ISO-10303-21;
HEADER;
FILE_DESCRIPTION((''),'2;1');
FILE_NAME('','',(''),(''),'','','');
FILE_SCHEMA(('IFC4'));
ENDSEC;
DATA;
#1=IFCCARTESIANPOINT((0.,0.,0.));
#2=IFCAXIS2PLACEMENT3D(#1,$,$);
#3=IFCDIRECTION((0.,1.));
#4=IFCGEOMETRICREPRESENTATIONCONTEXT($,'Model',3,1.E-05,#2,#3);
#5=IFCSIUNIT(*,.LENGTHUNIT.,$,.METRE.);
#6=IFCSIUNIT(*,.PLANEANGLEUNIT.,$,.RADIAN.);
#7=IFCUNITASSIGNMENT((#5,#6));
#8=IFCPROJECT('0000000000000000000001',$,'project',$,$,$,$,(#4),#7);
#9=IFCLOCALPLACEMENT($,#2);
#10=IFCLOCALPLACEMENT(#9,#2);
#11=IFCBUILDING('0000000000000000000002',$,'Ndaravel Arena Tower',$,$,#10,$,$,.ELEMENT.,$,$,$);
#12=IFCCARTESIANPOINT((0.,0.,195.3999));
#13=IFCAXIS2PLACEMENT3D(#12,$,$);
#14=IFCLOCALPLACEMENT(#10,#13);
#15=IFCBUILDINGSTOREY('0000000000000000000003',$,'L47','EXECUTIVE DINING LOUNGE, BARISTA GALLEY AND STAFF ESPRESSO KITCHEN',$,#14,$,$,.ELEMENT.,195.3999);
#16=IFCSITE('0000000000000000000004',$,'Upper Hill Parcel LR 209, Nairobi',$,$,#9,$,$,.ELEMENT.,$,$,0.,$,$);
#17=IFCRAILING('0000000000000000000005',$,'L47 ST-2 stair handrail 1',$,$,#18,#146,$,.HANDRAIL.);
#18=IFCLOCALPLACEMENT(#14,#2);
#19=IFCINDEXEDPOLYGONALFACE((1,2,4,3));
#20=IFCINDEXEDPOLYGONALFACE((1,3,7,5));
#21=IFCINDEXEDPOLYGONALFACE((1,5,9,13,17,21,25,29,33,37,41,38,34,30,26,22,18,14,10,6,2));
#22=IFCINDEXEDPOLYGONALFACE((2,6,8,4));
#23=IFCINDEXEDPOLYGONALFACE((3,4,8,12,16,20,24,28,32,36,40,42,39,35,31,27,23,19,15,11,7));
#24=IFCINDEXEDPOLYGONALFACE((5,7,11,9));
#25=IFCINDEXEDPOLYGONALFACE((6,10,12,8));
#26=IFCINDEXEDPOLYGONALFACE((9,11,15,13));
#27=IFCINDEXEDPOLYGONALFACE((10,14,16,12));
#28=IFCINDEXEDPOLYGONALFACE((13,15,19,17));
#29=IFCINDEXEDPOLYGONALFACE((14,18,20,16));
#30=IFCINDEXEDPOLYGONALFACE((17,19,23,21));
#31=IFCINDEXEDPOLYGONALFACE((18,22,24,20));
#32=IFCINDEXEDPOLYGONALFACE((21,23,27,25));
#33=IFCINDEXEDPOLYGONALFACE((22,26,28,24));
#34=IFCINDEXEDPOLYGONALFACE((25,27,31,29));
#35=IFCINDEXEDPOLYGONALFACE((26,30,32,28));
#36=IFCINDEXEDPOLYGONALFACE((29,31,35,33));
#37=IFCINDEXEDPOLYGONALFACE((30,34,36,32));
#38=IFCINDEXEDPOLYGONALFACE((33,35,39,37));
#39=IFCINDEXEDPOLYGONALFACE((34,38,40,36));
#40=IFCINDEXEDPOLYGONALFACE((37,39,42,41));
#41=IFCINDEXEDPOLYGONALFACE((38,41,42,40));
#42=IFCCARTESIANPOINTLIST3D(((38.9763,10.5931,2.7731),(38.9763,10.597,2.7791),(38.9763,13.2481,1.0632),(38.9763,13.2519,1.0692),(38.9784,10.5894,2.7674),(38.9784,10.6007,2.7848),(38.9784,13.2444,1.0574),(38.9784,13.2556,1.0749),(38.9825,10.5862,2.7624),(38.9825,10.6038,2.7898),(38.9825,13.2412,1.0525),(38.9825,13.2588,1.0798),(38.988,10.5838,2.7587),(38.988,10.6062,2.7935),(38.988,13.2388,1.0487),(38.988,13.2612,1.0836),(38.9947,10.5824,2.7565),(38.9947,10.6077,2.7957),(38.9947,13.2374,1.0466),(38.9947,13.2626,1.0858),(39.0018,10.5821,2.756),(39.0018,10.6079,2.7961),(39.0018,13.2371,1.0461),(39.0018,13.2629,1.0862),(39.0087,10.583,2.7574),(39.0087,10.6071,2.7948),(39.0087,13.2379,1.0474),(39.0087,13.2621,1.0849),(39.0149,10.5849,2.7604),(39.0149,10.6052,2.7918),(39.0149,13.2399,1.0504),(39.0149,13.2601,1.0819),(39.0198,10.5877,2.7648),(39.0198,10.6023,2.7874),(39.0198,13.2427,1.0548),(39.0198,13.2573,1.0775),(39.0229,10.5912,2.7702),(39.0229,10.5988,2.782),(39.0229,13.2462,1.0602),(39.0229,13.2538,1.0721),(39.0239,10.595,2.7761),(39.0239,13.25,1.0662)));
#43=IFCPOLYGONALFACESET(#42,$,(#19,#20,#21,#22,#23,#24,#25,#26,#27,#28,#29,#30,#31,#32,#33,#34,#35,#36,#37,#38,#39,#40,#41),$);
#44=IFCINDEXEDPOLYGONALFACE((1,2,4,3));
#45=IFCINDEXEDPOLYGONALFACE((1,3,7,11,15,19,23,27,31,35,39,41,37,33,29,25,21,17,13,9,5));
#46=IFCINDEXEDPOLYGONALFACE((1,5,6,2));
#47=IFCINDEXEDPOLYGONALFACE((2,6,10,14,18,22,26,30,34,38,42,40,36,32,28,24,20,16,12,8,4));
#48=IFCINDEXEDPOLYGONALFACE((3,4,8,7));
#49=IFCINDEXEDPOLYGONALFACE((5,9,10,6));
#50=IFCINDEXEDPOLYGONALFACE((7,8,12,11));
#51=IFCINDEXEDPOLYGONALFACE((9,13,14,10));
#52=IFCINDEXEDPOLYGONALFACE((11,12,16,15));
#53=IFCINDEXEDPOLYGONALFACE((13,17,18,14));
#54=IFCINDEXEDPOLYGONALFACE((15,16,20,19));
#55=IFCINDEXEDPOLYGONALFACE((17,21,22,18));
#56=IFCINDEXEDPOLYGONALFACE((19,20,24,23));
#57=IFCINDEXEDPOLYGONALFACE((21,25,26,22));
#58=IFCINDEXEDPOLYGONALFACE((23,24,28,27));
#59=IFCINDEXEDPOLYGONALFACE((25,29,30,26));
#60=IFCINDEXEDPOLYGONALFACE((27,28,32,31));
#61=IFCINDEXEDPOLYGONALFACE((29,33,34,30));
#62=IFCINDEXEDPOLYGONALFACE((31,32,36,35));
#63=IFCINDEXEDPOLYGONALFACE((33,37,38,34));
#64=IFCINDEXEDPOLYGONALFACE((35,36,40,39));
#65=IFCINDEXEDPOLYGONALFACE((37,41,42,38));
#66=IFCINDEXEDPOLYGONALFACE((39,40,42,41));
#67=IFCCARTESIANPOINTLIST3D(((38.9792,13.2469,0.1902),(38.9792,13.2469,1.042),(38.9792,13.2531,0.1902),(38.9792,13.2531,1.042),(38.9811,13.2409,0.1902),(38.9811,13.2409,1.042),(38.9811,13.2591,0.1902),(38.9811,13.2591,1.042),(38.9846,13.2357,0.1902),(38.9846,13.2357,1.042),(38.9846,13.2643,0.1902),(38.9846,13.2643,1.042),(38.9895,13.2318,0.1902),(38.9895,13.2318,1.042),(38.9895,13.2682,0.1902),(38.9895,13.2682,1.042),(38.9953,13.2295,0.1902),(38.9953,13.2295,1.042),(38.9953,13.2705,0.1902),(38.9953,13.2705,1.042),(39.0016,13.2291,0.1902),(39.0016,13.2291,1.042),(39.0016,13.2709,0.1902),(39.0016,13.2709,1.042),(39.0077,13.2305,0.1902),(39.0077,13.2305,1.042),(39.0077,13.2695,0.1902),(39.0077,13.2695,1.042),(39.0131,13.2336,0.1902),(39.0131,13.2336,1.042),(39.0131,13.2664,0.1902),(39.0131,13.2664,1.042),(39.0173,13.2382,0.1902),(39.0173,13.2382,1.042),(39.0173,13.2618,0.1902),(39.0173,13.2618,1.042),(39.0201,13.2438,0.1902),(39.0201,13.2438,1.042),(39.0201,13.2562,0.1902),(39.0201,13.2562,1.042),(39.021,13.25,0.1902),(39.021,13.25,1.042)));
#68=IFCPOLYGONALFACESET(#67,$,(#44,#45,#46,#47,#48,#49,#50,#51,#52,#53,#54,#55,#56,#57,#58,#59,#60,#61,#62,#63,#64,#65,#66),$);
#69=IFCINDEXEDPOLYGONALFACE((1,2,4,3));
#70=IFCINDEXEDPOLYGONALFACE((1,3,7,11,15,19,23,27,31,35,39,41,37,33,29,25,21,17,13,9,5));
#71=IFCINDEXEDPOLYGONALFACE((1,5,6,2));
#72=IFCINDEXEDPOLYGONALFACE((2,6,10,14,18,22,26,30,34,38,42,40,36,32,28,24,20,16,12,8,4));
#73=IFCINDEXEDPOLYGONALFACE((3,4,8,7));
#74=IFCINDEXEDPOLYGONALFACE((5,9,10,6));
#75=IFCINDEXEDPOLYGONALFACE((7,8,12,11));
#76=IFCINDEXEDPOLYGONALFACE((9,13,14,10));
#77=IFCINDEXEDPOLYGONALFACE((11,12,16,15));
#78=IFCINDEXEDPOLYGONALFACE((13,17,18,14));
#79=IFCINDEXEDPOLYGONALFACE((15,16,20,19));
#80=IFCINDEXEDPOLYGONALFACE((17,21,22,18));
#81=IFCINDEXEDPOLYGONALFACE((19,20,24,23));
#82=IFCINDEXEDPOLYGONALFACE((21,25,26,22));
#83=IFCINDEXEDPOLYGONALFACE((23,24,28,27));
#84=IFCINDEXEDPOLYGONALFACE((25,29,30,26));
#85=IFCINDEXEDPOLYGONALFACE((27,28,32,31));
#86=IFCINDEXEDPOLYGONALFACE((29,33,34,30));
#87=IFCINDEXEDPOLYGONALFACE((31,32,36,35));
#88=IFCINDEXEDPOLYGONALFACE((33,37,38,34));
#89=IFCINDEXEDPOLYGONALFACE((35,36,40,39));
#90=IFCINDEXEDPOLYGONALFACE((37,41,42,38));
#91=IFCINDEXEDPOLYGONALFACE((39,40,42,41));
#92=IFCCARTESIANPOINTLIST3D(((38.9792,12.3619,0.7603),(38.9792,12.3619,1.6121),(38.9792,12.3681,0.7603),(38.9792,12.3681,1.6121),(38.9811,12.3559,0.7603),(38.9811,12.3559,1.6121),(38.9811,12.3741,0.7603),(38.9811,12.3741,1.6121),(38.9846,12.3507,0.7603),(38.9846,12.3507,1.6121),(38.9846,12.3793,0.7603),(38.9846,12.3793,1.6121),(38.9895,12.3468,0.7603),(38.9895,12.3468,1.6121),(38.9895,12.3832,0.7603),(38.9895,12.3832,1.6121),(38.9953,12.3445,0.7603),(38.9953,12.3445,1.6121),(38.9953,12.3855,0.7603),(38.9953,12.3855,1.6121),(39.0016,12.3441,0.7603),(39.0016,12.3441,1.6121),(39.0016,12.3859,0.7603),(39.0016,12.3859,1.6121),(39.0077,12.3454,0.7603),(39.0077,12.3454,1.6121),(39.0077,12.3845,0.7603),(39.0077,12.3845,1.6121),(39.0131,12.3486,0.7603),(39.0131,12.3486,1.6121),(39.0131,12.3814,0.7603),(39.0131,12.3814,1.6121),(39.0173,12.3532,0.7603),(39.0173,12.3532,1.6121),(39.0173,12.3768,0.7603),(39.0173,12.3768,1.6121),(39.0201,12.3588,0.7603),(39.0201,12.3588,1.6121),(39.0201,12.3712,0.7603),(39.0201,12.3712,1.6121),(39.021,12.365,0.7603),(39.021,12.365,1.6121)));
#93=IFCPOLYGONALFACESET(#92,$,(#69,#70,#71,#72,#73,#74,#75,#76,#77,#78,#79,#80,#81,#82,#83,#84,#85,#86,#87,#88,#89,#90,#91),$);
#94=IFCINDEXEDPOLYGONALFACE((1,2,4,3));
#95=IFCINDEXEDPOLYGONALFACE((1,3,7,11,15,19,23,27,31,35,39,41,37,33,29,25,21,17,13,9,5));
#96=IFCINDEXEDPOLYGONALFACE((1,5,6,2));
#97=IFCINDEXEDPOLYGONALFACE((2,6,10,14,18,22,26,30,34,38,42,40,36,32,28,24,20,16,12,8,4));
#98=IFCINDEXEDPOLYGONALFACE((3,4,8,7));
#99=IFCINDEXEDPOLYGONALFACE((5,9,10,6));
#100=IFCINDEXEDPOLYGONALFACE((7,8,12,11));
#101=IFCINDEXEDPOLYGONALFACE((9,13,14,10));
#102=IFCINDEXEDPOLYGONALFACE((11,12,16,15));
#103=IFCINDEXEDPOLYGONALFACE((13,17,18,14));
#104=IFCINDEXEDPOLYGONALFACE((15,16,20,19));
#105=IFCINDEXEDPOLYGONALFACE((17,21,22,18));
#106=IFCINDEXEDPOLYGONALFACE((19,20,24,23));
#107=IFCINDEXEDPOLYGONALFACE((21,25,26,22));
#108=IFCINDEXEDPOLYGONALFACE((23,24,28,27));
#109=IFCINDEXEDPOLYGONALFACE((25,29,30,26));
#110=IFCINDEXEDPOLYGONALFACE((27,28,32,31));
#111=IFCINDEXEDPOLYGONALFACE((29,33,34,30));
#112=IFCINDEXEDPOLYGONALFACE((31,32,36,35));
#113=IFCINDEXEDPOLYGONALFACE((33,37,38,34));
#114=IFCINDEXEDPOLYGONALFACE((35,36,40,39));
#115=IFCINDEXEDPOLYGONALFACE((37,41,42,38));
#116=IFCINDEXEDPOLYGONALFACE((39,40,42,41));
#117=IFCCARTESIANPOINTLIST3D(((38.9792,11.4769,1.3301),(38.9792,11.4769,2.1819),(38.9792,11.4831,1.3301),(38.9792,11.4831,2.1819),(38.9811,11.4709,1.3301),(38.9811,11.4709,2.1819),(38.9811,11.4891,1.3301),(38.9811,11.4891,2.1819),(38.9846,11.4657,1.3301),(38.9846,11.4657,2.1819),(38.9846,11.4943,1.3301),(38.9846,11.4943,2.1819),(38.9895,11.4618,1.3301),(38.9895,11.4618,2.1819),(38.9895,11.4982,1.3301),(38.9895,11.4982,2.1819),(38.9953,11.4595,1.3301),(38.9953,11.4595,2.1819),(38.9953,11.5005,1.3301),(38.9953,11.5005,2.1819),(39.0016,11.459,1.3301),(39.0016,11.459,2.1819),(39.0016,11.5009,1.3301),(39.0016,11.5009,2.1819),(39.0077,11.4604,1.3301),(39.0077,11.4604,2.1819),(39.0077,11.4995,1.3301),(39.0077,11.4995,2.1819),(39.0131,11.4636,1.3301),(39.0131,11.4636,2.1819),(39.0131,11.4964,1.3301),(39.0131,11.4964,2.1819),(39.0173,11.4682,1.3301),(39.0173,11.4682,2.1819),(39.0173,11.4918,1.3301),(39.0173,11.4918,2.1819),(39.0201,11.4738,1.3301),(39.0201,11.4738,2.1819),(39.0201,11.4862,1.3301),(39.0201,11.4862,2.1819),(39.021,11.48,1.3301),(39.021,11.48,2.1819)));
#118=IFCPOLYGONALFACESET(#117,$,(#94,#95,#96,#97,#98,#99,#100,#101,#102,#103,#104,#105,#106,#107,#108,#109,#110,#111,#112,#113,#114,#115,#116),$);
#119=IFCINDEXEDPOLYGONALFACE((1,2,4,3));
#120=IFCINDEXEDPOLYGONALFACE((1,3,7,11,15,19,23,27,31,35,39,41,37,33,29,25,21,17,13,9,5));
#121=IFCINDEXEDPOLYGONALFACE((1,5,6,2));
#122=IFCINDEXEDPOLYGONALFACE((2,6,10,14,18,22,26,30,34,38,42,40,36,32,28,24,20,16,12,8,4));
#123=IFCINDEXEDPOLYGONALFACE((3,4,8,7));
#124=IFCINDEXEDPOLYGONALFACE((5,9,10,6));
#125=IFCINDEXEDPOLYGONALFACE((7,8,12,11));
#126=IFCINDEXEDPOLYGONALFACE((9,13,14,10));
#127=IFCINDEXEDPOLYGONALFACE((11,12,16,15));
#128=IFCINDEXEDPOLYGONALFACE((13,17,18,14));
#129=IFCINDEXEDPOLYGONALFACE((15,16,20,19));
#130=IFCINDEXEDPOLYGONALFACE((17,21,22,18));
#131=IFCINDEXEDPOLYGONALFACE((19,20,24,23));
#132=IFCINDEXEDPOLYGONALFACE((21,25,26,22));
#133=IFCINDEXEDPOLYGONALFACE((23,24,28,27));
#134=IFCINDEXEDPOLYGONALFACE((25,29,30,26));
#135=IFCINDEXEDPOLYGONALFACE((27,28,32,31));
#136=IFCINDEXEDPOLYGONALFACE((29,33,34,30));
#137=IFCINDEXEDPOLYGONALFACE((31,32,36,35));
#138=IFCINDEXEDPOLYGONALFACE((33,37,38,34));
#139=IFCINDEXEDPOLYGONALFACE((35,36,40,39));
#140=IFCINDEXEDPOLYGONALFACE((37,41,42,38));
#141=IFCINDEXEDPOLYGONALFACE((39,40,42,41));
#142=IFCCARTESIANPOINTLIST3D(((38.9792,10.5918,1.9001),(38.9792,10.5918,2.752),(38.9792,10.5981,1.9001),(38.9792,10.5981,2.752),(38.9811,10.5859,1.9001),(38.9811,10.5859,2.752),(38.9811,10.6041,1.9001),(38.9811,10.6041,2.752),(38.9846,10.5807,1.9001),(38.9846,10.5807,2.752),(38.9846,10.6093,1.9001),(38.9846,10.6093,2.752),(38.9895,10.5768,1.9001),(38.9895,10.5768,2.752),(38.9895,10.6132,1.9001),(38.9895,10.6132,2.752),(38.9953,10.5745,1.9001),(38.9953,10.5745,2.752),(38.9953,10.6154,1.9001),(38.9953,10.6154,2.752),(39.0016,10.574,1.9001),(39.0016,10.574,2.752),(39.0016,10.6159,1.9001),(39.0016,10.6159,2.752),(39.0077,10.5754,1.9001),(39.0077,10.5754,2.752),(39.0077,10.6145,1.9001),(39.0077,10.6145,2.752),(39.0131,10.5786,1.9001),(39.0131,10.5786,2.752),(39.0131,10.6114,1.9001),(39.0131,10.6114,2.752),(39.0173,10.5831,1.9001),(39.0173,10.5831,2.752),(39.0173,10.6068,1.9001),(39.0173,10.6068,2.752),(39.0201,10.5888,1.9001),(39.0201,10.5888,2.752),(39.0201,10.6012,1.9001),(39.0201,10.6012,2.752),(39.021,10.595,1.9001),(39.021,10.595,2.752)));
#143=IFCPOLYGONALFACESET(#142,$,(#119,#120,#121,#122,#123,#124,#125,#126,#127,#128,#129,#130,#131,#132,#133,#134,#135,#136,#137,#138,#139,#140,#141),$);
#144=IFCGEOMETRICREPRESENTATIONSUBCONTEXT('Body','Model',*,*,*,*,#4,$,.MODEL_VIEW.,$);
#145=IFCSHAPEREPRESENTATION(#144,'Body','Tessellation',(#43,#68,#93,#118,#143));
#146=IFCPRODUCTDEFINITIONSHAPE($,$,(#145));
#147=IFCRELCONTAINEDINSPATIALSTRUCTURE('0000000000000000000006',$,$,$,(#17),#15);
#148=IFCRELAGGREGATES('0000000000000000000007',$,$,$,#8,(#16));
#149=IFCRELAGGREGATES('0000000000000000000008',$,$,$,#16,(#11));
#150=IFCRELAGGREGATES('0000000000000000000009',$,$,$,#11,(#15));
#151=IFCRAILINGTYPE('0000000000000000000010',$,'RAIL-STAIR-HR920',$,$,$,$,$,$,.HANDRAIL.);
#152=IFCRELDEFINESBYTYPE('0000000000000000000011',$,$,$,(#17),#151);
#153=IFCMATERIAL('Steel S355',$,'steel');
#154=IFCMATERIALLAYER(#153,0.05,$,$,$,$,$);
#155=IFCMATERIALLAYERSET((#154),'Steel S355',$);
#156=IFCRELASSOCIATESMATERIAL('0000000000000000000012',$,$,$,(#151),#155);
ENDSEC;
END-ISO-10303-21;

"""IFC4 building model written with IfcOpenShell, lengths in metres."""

from ifc_helpers import new_model, si_unit, direction, frame, origin, origin_2d, place, context, subcontext, project, spatial, circle, extrude, material, layer, layer_set, type_object, element, save


model = new_model("IFC4")

# Units and contexts
model_context = context("Model", 3, precision=1e-05, world=origin(), true_north=direction((0.0, 1.0)))
body_context = subcontext(model_context, "Body", "Model", "MODEL_VIEW")
ifc_project = project(units=[si_unit("LENGTHUNIT", "METRE"), si_unit("PLANEANGLEUNIT", "RADIAN")], contexts=[model_context])

# Site, building, storey
site_placement = place(None, origin())
site = spatial("IfcSite", under=ifc_project, at=site_placement, Name="Upper Hill Parcel LR 209, Nairobi", CompositionType="ELEMENT", RefElevation=0.0)
building_placement = place(site_placement, origin())
building = spatial("IfcBuilding", under=site, at=building_placement, Name="Ndaravel Arena Tower", CompositionType="ELEMENT")
storey_placement = place(building_placement, frame((0.0, 0.0, 195.3999)))
storey = spatial("IfcBuildingStorey", under=building, at=storey_placement, Name="L47", Description="EXECUTIVE DINING LOUNGE, BARISTA GALLEY AND STAFF ESPRESSO KITCHEN", CompositionType="ELEMENT", Elevation=195.3999)

# Railing
ifc_material_1 = material(Name="Steel S355", Category="steel")
ifc_layer_1 = layer(ifc_material_1, 0.05)
ifc_layer_set_1 = layer_set([ifc_layer_1], Name="Steel S355")
railing_type_1 = type_object("IfcRailingType", Name="RAIL-STAIR-HR920", PredefinedType="HANDRAIL", material=ifc_layer_set_1)
railing_1_placement = place(storey_placement, frame((39.0, 13.25, 0.1902)))
element("IfcRailing", 1, at=railing_1_placement, inside=storey, type_object=railing_type_1, Name="L47 ST-2 stair handrail 1", PredefinedType="HANDRAIL", context=body_context, shape_type="SweptSolid", body=[
    extrude(circle(Radius=0.0239, at=origin_2d()), frame((0.0, 0.0, 0.876), z_axis=(0.0, -0.840724, 0.541465), x_axis=(1.0, 0.0, 0.0)), (0.0, 0.0, 1.0), 3.158),
    extrude(circle(Radius=0.021, at=origin_2d()), origin(), (0.0, 0.0, 1.0), 0.8518),
    extrude(circle(Radius=0.021, at=origin_2d()), frame((0.0, -0.885, 0.5701)), (0.0, 0.0, 1.0), 0.8518),
    extrude(circle(Radius=0.021, at=origin_2d()), frame((0.0, -1.77, 1.1399)), (0.0, 0.0, 1.0), 0.8518),
    extrude(circle(Radius=0.021, at=origin_2d()), frame((0.0, -2.655, 1.71)), (0.0, 0.0, 1.0), 0.8518),
])

save(model, "model.ifc")
